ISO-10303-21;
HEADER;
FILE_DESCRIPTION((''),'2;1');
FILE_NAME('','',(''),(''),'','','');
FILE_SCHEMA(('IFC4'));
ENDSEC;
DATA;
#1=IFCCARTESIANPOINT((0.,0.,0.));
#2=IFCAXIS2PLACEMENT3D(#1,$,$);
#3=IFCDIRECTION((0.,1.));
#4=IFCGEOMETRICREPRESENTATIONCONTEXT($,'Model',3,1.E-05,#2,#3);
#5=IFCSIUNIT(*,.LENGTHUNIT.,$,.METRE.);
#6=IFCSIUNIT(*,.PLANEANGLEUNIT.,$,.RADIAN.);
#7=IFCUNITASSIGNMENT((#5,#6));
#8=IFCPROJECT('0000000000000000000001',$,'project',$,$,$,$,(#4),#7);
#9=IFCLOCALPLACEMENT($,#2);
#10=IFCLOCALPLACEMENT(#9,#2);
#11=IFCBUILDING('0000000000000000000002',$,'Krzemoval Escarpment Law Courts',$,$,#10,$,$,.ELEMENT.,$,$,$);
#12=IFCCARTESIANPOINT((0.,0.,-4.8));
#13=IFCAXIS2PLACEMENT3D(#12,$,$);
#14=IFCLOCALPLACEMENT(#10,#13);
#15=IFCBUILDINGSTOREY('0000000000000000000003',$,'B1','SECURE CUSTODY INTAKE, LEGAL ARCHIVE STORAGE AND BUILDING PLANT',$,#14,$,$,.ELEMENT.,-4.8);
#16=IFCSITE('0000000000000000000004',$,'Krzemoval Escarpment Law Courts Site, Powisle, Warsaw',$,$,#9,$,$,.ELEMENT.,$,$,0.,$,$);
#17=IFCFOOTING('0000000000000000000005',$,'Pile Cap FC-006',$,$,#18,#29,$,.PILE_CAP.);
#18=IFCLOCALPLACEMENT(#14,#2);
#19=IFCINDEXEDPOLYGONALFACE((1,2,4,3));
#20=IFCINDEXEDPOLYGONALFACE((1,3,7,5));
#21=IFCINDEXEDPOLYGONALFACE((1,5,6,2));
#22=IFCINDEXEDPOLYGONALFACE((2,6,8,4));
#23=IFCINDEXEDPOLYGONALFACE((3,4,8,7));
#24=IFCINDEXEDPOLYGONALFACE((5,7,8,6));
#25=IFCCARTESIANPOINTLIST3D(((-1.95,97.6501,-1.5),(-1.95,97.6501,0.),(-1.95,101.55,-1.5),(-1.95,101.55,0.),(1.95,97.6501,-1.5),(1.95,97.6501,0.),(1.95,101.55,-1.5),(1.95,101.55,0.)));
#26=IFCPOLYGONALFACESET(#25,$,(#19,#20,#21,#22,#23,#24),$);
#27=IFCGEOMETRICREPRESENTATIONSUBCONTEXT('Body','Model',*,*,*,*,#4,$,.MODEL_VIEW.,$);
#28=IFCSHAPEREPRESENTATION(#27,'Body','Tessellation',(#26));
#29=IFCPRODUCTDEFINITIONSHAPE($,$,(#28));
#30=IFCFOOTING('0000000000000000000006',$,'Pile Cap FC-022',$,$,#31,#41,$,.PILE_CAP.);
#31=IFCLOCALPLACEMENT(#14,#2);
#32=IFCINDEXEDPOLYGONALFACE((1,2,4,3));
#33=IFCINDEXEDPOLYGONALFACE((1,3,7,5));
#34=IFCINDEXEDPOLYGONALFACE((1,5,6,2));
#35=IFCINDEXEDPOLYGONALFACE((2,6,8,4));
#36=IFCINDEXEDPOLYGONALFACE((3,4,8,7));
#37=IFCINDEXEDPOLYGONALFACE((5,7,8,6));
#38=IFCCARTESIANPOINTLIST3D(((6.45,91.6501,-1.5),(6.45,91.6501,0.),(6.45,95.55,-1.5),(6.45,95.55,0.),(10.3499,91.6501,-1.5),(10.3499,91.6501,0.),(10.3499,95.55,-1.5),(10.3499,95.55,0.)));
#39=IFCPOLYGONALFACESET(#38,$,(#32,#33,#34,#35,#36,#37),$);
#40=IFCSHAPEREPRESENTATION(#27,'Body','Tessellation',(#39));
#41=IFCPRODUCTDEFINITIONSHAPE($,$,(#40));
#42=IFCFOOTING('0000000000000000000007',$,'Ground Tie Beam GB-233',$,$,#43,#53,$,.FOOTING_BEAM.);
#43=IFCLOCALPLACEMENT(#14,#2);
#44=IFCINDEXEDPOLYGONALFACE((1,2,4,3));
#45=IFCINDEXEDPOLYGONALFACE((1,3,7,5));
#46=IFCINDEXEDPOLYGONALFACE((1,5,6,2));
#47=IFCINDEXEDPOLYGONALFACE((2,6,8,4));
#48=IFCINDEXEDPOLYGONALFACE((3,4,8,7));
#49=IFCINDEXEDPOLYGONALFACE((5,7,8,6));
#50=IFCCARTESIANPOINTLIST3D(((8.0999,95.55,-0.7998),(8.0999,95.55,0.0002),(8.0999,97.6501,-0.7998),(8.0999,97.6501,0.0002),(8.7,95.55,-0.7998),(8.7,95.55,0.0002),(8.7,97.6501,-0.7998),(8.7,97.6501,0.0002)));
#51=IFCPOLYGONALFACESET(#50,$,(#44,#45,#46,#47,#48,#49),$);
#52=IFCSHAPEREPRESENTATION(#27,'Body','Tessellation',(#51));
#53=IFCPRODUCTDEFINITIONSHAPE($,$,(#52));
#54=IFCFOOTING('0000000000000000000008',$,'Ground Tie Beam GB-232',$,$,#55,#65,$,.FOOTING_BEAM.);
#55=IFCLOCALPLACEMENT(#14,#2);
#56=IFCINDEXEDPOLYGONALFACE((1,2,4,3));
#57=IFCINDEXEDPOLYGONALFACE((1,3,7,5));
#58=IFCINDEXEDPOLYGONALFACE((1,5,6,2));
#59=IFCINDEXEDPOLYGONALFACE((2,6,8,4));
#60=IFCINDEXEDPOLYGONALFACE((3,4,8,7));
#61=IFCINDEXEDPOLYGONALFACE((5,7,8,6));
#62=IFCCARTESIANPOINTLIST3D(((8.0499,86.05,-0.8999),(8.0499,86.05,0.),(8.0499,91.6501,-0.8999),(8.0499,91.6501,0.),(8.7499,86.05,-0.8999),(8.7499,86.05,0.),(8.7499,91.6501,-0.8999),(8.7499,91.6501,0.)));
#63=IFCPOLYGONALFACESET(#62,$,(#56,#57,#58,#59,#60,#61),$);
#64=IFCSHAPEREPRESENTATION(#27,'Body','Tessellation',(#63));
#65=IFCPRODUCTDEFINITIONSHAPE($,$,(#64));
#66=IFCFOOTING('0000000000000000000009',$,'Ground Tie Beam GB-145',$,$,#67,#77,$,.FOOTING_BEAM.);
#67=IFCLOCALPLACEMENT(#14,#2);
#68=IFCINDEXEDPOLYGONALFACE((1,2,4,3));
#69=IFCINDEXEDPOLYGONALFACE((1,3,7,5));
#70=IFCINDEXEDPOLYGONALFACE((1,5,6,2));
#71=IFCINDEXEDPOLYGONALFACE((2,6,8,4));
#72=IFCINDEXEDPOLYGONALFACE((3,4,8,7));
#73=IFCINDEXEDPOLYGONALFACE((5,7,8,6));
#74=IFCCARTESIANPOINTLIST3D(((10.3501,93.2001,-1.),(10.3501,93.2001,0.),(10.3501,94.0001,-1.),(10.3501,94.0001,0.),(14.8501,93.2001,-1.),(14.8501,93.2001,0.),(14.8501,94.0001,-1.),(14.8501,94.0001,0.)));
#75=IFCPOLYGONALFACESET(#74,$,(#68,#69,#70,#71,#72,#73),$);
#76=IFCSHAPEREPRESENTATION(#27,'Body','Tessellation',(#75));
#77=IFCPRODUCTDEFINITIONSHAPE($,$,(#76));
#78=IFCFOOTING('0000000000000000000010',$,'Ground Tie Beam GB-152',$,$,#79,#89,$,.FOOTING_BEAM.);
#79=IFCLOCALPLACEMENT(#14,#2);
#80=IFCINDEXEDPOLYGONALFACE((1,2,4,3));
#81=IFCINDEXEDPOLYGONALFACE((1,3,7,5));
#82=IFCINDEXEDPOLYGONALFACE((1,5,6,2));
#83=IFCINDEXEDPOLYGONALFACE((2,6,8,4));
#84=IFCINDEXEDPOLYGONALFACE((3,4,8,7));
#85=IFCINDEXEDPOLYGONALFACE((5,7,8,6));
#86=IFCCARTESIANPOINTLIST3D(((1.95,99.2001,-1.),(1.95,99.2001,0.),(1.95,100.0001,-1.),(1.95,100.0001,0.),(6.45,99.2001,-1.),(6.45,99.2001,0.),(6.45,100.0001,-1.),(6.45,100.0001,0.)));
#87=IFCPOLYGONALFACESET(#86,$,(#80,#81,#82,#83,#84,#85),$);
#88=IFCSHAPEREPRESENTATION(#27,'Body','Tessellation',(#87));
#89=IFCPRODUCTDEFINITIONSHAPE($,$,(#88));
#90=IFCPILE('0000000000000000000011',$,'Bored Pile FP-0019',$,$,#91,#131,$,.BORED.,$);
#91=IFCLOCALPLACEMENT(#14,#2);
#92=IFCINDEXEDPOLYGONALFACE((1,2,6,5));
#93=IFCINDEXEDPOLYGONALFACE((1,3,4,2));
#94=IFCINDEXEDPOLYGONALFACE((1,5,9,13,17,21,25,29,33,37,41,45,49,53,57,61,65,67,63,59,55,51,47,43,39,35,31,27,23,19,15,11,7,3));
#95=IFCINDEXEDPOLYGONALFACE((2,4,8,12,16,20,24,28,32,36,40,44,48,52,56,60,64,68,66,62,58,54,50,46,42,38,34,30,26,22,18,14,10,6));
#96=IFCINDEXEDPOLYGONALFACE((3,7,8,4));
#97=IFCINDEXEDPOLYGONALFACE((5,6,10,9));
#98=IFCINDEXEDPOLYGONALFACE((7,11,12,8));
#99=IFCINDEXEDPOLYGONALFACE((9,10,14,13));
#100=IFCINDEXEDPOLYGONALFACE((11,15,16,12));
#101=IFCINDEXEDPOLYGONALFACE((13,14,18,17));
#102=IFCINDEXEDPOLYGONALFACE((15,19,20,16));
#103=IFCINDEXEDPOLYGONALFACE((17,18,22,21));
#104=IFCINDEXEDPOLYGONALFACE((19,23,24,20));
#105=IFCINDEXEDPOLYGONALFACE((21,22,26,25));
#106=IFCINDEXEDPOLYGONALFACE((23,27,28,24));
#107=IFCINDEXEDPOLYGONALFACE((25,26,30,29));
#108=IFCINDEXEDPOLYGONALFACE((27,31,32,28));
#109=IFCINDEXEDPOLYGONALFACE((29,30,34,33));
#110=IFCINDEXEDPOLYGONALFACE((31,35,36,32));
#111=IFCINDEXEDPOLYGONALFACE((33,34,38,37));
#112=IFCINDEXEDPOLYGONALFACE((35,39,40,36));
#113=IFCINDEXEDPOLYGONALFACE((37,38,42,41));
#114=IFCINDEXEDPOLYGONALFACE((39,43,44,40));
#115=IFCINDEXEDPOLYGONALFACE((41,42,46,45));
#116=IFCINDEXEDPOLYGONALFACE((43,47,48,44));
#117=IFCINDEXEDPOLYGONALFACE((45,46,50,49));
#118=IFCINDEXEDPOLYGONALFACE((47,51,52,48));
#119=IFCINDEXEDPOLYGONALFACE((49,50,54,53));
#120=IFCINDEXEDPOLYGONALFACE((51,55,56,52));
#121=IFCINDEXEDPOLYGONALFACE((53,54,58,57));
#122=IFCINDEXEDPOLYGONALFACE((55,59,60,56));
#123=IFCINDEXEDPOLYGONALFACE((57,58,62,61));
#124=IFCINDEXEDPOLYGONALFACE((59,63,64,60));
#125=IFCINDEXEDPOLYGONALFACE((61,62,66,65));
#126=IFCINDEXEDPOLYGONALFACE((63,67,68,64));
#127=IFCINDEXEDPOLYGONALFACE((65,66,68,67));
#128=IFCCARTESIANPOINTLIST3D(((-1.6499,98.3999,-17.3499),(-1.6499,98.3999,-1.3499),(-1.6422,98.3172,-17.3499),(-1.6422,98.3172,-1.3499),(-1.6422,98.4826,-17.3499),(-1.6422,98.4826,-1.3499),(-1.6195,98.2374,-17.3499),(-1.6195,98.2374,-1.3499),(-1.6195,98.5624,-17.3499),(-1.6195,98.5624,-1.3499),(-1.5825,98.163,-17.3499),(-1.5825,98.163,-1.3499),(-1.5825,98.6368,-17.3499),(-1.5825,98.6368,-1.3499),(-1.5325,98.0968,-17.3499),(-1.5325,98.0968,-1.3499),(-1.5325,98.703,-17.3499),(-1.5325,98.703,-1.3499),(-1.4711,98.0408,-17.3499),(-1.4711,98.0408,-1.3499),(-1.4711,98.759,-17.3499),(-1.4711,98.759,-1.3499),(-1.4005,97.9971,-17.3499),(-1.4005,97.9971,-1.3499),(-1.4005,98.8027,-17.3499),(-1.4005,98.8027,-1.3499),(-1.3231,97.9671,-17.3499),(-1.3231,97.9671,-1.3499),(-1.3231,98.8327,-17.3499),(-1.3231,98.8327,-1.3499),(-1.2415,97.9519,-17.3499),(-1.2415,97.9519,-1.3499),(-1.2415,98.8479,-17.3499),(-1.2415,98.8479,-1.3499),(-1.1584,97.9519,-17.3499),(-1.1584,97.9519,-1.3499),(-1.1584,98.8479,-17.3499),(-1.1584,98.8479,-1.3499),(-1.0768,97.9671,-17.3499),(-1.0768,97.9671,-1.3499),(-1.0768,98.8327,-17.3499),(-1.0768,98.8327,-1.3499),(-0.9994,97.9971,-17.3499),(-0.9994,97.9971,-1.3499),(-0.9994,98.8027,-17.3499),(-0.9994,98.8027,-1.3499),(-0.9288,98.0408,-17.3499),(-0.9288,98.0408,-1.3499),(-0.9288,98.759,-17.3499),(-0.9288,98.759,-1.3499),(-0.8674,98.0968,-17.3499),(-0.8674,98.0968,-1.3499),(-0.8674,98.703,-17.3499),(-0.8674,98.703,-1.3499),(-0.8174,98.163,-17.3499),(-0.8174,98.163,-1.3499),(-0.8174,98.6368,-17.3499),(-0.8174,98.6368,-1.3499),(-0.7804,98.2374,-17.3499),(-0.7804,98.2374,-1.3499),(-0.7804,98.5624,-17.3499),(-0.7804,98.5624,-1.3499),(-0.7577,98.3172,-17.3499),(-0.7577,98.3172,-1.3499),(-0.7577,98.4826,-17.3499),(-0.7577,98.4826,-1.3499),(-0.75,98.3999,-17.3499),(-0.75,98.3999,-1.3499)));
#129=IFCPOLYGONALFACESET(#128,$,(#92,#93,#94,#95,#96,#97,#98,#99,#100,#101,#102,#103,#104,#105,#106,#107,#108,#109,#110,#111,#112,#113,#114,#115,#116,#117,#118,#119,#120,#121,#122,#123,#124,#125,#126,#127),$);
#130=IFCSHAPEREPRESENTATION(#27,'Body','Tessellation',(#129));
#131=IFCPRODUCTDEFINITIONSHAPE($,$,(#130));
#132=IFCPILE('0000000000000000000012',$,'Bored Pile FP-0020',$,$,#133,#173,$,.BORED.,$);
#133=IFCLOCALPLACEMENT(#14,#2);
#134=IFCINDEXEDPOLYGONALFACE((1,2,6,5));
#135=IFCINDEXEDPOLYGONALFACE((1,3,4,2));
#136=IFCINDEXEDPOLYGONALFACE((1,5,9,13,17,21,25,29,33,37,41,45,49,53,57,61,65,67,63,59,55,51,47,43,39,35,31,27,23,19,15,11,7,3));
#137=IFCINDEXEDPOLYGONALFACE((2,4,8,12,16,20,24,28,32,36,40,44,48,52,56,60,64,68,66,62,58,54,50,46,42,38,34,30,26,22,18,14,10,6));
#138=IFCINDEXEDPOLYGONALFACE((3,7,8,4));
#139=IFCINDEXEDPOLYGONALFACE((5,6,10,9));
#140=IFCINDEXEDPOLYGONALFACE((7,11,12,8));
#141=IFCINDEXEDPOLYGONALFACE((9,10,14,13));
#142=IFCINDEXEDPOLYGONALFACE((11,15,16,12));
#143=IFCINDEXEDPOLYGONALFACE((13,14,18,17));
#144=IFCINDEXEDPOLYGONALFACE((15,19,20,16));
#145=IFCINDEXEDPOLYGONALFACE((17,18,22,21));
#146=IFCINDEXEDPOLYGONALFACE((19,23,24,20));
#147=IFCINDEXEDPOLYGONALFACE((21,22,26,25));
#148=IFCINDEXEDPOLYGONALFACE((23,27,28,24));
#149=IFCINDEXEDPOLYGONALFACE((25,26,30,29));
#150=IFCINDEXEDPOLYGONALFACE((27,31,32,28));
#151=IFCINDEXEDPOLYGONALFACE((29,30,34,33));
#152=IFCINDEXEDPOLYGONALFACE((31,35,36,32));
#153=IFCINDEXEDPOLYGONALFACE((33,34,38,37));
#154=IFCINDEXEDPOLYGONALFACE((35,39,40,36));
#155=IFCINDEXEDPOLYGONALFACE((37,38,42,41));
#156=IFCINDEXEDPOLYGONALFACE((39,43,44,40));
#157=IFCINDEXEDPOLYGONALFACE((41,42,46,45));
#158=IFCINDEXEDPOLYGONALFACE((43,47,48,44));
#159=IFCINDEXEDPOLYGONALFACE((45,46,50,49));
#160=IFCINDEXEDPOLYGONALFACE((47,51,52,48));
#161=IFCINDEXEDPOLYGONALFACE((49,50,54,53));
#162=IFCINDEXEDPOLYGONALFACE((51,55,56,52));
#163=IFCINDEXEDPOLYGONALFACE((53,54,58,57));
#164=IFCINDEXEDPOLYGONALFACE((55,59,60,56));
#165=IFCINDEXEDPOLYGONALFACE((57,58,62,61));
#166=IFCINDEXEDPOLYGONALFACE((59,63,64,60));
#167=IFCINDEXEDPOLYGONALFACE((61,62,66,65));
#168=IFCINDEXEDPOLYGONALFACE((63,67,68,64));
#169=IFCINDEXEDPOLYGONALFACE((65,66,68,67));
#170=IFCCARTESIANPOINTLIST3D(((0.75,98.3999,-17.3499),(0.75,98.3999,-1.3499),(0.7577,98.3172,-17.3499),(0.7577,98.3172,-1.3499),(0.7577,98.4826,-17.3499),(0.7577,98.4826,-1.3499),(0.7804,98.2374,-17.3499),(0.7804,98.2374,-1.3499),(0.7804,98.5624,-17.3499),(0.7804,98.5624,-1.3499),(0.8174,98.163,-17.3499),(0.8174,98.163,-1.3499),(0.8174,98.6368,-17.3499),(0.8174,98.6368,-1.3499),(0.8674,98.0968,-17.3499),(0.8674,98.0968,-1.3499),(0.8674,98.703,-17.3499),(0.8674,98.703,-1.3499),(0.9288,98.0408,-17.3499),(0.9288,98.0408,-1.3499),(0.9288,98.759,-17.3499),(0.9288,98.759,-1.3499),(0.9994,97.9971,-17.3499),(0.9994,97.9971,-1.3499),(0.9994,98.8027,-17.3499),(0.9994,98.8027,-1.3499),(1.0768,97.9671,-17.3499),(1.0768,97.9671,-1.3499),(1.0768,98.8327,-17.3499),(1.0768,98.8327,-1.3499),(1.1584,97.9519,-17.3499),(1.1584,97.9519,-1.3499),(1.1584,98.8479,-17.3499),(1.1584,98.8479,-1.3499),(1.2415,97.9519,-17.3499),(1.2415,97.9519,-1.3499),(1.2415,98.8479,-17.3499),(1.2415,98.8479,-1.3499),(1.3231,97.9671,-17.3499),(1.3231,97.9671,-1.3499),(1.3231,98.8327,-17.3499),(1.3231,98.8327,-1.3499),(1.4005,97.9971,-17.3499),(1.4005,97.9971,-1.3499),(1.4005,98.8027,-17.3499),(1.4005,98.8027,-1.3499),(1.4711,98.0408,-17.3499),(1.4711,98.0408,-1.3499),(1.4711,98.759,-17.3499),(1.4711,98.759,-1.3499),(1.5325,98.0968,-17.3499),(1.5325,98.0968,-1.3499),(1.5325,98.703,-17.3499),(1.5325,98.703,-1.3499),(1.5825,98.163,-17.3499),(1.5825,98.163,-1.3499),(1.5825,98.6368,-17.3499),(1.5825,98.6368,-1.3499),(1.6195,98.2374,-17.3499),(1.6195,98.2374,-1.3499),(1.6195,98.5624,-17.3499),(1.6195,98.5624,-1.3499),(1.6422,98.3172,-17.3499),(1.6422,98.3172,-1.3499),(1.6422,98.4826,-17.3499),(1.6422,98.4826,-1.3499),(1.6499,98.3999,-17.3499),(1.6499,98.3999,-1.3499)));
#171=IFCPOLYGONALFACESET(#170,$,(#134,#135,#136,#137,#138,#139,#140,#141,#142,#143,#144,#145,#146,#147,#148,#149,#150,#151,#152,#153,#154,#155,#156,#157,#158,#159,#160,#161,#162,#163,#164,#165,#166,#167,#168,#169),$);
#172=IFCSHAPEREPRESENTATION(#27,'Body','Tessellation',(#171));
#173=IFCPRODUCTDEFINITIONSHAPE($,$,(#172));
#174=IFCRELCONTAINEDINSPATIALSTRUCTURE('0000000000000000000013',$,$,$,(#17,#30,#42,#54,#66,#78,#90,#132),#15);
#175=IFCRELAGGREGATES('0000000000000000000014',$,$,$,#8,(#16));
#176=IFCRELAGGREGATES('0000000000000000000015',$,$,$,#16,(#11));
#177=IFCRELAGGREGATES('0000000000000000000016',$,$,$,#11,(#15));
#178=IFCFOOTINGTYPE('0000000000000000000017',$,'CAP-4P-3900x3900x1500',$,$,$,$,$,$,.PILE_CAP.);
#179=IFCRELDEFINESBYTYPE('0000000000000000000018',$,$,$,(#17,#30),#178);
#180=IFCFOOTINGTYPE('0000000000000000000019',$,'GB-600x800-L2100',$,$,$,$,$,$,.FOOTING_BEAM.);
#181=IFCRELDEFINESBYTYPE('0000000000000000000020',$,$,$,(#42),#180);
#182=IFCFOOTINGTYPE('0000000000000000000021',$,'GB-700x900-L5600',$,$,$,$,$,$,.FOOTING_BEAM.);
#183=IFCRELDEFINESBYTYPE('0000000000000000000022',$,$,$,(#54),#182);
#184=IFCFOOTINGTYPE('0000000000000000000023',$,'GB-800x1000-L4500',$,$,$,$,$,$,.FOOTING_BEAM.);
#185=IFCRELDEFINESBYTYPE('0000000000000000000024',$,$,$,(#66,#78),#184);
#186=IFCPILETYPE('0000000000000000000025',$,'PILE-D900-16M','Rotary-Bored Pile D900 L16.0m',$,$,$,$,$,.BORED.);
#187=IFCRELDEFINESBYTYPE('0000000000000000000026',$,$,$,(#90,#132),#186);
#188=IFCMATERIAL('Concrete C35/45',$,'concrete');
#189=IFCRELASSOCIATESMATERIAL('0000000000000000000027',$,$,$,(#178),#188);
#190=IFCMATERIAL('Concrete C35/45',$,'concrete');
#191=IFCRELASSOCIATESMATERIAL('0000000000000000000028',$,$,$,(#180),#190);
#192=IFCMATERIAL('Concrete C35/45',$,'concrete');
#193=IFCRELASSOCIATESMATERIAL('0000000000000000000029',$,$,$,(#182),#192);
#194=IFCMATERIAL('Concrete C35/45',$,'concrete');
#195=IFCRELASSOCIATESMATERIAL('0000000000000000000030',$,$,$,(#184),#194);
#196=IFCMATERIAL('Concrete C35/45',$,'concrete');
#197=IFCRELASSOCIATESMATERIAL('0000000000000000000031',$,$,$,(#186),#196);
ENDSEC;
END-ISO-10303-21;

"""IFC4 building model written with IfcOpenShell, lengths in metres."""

from ifc_helpers import new_model, si_unit, direction, frame, origin, origin_2d, place, context, subcontext, project, spatial, rectangle, circle, extrude, material, material_profile, profile_set, type_object, element, save


model = new_model("IFC4")

# Units and contexts
model_context = context("Model", 3, precision=1e-05, world=origin(), true_north=direction((0.0, 1.0)))
body_context = subcontext(model_context, "Body", "Model", "MODEL_VIEW")
ifc_project = project(units=[si_unit("LENGTHUNIT", "METRE"), si_unit("PLANEANGLEUNIT", "RADIAN")], contexts=[model_context])

# Site, building, storey
site_placement = place(None, origin())
site = spatial("IfcSite", under=ifc_project, at=site_placement, Name="Krzemoval Escarpment Law Courts Site, Powisle, Warsaw", CompositionType="ELEMENT", RefElevation=0.0)
building_placement = place(site_placement, origin())
building = spatial("IfcBuilding", under=site, at=building_placement, Name="Krzemoval Escarpment Law Courts", CompositionType="ELEMENT")
storey_placement = place(building_placement, frame((0.0, 0.0, -4.8)))
storey = spatial("IfcBuildingStorey", under=building, at=storey_placement, Name="B1", Description="SECURE CUSTODY INTAKE, LEGAL ARCHIVE STORAGE AND BUILDING PLANT", CompositionType="ELEMENT", Elevation=-4.8)

# Footings
ifc_material_1 = material(Name="Concrete C35/45", Category="concrete")
footing_type_1 = type_object("IfcFootingType", Name="CAP-4P-3900x3900x1500", PredefinedType="PILE_CAP", material=ifc_material_1)
for number, where, z_axis, x_axis, name in (
    (1, (0.0, 99.6001, -1.5), (0.0, 0.0, 1.0), (1.0, 0.0, 0.0), "Pile Cap FC-006"),
    (2, (8.3999, 93.6001, -1.5), (0.0, 0.0, 1.0), (1.0, 0.0, 0.0), "Pile Cap FC-022"),
):
    element("IfcFooting", number, at=place(storey_placement, frame(where, z_axis=z_axis, x_axis=x_axis)), inside=storey, type_object=footing_type_1, Name=name, PredefinedType="PILE_CAP", context=body_context, shape_type="SweptSolid", body=[
        extrude(rectangle(XDim=3.8999, YDim=3.8999, at=origin_2d()), origin(), (0.0, 0.0, 1.0), 1.5),
    ])
ifc_material_2 = material(Name="Concrete C35/45", Category="concrete")
footing_type_2 = type_object("IfcFootingType", Name="GB-600x800-L2100", PredefinedType="FOOTING_BEAM", material=ifc_material_2)
footing_1_placement = place(storey_placement, frame((8.3999, 96.6001, -0.7998), z_axis=(0.0, 0.0, 1.0), x_axis=(0.0, 1.0, 0.0)))
element("IfcFooting", 3, at=footing_1_placement, inside=storey, type_object=footing_type_2, Name="Ground Tie Beam GB-233", PredefinedType="FOOTING_BEAM", context=body_context, shape_type="SweptSolid", body=[
    extrude(rectangle(XDim=2.1001, YDim=0.6001, at=origin_2d()), origin(), (0.0, 0.0, 1.0), 0.8),
])
ifc_material_3 = material(Name="Concrete C35/45", Category="concrete")
footing_type_3 = type_object("IfcFootingType", Name="GB-700x900-L5600", PredefinedType="FOOTING_BEAM", material=ifc_material_3)
footing_2_placement = place(storey_placement, frame((8.3999, 88.8501, -0.8999), z_axis=(0.0, 0.0, 1.0), x_axis=(0.0, 1.0, 0.0)))
element("IfcFooting", 4, at=footing_2_placement, inside=storey, type_object=footing_type_3, Name="Ground Tie Beam GB-232", PredefinedType="FOOTING_BEAM", context=body_context, shape_type="SweptSolid", body=[
    extrude(rectangle(XDim=5.6001, YDim=0.7, at=origin_2d()), origin(), (0.0, 0.0, 1.0), 0.8999),
])
ifc_material_4 = material(Name="Concrete C35/45", Category="concrete")
footing_type_4 = type_object("IfcFootingType", Name="GB-800x1000-L4500", PredefinedType="FOOTING_BEAM", material=ifc_material_4)
for number, where, z_axis, x_axis, name in (
    (5, (12.6001, 93.6001, -1.0), (0.0, 0.0, 1.0), (1.0, 0.0, 0.0), "Ground Tie Beam GB-145"),
    (6, (4.2, 99.6001, -1.0), (0.0, 0.0, 1.0), (1.0, 0.0, 0.0), "Ground Tie Beam GB-152"),
):
    element("IfcFooting", number, at=place(storey_placement, frame(where, z_axis=z_axis, x_axis=x_axis)), inside=storey, type_object=footing_type_4, Name=name, PredefinedType="FOOTING_BEAM", context=body_context, shape_type="SweptSolid", body=[
        extrude(rectangle(XDim=4.5, YDim=0.8, at=origin_2d()), origin(), (0.0, 0.0, 1.0), 1.0),
    ])

# Piles
ifc_material_5 = material(Name="Concrete C35/45", Category="concrete")
ifc_material_profile_1 = material_profile(ifc_material_5, circle(Radius=0.45, at=origin_2d()), Name="PILE D900")
ifc_profile_set_1 = profile_set([ifc_material_profile_1], Name="Concrete C35/45")
pile_type = type_object("IfcPileType", Name="PILE-D900-16M", Description="Rotary-Bored Pile D900 L16.0m", PredefinedType="BORED", material=ifc_profile_set_1)
for number, where, z_axis, x_axis, name in (
    (7, (-1.2, 98.3999, -1.3499), (0.0, 0.0, -1.0), (1.0, 0.0, 0.0), "Bored Pile FP-0019"),
    (8, (1.2, 98.3999, -1.3499), (0.0, 0.0, -1.0), (1.0, 0.0, 0.0), "Bored Pile FP-0020"),
):
    element("IfcPile", number, at=place(storey_placement, frame(where, z_axis=z_axis, x_axis=x_axis)), inside=storey, type_object=pile_type, Name=name, PredefinedType="BORED", context=body_context, shape_type="SweptSolid", body=[
        extrude(circle(Radius=0.45, at=origin_2d()), origin(), (0.0, 0.0, 1.0), 16.0),
    ])

save(model, "model.ifc")
